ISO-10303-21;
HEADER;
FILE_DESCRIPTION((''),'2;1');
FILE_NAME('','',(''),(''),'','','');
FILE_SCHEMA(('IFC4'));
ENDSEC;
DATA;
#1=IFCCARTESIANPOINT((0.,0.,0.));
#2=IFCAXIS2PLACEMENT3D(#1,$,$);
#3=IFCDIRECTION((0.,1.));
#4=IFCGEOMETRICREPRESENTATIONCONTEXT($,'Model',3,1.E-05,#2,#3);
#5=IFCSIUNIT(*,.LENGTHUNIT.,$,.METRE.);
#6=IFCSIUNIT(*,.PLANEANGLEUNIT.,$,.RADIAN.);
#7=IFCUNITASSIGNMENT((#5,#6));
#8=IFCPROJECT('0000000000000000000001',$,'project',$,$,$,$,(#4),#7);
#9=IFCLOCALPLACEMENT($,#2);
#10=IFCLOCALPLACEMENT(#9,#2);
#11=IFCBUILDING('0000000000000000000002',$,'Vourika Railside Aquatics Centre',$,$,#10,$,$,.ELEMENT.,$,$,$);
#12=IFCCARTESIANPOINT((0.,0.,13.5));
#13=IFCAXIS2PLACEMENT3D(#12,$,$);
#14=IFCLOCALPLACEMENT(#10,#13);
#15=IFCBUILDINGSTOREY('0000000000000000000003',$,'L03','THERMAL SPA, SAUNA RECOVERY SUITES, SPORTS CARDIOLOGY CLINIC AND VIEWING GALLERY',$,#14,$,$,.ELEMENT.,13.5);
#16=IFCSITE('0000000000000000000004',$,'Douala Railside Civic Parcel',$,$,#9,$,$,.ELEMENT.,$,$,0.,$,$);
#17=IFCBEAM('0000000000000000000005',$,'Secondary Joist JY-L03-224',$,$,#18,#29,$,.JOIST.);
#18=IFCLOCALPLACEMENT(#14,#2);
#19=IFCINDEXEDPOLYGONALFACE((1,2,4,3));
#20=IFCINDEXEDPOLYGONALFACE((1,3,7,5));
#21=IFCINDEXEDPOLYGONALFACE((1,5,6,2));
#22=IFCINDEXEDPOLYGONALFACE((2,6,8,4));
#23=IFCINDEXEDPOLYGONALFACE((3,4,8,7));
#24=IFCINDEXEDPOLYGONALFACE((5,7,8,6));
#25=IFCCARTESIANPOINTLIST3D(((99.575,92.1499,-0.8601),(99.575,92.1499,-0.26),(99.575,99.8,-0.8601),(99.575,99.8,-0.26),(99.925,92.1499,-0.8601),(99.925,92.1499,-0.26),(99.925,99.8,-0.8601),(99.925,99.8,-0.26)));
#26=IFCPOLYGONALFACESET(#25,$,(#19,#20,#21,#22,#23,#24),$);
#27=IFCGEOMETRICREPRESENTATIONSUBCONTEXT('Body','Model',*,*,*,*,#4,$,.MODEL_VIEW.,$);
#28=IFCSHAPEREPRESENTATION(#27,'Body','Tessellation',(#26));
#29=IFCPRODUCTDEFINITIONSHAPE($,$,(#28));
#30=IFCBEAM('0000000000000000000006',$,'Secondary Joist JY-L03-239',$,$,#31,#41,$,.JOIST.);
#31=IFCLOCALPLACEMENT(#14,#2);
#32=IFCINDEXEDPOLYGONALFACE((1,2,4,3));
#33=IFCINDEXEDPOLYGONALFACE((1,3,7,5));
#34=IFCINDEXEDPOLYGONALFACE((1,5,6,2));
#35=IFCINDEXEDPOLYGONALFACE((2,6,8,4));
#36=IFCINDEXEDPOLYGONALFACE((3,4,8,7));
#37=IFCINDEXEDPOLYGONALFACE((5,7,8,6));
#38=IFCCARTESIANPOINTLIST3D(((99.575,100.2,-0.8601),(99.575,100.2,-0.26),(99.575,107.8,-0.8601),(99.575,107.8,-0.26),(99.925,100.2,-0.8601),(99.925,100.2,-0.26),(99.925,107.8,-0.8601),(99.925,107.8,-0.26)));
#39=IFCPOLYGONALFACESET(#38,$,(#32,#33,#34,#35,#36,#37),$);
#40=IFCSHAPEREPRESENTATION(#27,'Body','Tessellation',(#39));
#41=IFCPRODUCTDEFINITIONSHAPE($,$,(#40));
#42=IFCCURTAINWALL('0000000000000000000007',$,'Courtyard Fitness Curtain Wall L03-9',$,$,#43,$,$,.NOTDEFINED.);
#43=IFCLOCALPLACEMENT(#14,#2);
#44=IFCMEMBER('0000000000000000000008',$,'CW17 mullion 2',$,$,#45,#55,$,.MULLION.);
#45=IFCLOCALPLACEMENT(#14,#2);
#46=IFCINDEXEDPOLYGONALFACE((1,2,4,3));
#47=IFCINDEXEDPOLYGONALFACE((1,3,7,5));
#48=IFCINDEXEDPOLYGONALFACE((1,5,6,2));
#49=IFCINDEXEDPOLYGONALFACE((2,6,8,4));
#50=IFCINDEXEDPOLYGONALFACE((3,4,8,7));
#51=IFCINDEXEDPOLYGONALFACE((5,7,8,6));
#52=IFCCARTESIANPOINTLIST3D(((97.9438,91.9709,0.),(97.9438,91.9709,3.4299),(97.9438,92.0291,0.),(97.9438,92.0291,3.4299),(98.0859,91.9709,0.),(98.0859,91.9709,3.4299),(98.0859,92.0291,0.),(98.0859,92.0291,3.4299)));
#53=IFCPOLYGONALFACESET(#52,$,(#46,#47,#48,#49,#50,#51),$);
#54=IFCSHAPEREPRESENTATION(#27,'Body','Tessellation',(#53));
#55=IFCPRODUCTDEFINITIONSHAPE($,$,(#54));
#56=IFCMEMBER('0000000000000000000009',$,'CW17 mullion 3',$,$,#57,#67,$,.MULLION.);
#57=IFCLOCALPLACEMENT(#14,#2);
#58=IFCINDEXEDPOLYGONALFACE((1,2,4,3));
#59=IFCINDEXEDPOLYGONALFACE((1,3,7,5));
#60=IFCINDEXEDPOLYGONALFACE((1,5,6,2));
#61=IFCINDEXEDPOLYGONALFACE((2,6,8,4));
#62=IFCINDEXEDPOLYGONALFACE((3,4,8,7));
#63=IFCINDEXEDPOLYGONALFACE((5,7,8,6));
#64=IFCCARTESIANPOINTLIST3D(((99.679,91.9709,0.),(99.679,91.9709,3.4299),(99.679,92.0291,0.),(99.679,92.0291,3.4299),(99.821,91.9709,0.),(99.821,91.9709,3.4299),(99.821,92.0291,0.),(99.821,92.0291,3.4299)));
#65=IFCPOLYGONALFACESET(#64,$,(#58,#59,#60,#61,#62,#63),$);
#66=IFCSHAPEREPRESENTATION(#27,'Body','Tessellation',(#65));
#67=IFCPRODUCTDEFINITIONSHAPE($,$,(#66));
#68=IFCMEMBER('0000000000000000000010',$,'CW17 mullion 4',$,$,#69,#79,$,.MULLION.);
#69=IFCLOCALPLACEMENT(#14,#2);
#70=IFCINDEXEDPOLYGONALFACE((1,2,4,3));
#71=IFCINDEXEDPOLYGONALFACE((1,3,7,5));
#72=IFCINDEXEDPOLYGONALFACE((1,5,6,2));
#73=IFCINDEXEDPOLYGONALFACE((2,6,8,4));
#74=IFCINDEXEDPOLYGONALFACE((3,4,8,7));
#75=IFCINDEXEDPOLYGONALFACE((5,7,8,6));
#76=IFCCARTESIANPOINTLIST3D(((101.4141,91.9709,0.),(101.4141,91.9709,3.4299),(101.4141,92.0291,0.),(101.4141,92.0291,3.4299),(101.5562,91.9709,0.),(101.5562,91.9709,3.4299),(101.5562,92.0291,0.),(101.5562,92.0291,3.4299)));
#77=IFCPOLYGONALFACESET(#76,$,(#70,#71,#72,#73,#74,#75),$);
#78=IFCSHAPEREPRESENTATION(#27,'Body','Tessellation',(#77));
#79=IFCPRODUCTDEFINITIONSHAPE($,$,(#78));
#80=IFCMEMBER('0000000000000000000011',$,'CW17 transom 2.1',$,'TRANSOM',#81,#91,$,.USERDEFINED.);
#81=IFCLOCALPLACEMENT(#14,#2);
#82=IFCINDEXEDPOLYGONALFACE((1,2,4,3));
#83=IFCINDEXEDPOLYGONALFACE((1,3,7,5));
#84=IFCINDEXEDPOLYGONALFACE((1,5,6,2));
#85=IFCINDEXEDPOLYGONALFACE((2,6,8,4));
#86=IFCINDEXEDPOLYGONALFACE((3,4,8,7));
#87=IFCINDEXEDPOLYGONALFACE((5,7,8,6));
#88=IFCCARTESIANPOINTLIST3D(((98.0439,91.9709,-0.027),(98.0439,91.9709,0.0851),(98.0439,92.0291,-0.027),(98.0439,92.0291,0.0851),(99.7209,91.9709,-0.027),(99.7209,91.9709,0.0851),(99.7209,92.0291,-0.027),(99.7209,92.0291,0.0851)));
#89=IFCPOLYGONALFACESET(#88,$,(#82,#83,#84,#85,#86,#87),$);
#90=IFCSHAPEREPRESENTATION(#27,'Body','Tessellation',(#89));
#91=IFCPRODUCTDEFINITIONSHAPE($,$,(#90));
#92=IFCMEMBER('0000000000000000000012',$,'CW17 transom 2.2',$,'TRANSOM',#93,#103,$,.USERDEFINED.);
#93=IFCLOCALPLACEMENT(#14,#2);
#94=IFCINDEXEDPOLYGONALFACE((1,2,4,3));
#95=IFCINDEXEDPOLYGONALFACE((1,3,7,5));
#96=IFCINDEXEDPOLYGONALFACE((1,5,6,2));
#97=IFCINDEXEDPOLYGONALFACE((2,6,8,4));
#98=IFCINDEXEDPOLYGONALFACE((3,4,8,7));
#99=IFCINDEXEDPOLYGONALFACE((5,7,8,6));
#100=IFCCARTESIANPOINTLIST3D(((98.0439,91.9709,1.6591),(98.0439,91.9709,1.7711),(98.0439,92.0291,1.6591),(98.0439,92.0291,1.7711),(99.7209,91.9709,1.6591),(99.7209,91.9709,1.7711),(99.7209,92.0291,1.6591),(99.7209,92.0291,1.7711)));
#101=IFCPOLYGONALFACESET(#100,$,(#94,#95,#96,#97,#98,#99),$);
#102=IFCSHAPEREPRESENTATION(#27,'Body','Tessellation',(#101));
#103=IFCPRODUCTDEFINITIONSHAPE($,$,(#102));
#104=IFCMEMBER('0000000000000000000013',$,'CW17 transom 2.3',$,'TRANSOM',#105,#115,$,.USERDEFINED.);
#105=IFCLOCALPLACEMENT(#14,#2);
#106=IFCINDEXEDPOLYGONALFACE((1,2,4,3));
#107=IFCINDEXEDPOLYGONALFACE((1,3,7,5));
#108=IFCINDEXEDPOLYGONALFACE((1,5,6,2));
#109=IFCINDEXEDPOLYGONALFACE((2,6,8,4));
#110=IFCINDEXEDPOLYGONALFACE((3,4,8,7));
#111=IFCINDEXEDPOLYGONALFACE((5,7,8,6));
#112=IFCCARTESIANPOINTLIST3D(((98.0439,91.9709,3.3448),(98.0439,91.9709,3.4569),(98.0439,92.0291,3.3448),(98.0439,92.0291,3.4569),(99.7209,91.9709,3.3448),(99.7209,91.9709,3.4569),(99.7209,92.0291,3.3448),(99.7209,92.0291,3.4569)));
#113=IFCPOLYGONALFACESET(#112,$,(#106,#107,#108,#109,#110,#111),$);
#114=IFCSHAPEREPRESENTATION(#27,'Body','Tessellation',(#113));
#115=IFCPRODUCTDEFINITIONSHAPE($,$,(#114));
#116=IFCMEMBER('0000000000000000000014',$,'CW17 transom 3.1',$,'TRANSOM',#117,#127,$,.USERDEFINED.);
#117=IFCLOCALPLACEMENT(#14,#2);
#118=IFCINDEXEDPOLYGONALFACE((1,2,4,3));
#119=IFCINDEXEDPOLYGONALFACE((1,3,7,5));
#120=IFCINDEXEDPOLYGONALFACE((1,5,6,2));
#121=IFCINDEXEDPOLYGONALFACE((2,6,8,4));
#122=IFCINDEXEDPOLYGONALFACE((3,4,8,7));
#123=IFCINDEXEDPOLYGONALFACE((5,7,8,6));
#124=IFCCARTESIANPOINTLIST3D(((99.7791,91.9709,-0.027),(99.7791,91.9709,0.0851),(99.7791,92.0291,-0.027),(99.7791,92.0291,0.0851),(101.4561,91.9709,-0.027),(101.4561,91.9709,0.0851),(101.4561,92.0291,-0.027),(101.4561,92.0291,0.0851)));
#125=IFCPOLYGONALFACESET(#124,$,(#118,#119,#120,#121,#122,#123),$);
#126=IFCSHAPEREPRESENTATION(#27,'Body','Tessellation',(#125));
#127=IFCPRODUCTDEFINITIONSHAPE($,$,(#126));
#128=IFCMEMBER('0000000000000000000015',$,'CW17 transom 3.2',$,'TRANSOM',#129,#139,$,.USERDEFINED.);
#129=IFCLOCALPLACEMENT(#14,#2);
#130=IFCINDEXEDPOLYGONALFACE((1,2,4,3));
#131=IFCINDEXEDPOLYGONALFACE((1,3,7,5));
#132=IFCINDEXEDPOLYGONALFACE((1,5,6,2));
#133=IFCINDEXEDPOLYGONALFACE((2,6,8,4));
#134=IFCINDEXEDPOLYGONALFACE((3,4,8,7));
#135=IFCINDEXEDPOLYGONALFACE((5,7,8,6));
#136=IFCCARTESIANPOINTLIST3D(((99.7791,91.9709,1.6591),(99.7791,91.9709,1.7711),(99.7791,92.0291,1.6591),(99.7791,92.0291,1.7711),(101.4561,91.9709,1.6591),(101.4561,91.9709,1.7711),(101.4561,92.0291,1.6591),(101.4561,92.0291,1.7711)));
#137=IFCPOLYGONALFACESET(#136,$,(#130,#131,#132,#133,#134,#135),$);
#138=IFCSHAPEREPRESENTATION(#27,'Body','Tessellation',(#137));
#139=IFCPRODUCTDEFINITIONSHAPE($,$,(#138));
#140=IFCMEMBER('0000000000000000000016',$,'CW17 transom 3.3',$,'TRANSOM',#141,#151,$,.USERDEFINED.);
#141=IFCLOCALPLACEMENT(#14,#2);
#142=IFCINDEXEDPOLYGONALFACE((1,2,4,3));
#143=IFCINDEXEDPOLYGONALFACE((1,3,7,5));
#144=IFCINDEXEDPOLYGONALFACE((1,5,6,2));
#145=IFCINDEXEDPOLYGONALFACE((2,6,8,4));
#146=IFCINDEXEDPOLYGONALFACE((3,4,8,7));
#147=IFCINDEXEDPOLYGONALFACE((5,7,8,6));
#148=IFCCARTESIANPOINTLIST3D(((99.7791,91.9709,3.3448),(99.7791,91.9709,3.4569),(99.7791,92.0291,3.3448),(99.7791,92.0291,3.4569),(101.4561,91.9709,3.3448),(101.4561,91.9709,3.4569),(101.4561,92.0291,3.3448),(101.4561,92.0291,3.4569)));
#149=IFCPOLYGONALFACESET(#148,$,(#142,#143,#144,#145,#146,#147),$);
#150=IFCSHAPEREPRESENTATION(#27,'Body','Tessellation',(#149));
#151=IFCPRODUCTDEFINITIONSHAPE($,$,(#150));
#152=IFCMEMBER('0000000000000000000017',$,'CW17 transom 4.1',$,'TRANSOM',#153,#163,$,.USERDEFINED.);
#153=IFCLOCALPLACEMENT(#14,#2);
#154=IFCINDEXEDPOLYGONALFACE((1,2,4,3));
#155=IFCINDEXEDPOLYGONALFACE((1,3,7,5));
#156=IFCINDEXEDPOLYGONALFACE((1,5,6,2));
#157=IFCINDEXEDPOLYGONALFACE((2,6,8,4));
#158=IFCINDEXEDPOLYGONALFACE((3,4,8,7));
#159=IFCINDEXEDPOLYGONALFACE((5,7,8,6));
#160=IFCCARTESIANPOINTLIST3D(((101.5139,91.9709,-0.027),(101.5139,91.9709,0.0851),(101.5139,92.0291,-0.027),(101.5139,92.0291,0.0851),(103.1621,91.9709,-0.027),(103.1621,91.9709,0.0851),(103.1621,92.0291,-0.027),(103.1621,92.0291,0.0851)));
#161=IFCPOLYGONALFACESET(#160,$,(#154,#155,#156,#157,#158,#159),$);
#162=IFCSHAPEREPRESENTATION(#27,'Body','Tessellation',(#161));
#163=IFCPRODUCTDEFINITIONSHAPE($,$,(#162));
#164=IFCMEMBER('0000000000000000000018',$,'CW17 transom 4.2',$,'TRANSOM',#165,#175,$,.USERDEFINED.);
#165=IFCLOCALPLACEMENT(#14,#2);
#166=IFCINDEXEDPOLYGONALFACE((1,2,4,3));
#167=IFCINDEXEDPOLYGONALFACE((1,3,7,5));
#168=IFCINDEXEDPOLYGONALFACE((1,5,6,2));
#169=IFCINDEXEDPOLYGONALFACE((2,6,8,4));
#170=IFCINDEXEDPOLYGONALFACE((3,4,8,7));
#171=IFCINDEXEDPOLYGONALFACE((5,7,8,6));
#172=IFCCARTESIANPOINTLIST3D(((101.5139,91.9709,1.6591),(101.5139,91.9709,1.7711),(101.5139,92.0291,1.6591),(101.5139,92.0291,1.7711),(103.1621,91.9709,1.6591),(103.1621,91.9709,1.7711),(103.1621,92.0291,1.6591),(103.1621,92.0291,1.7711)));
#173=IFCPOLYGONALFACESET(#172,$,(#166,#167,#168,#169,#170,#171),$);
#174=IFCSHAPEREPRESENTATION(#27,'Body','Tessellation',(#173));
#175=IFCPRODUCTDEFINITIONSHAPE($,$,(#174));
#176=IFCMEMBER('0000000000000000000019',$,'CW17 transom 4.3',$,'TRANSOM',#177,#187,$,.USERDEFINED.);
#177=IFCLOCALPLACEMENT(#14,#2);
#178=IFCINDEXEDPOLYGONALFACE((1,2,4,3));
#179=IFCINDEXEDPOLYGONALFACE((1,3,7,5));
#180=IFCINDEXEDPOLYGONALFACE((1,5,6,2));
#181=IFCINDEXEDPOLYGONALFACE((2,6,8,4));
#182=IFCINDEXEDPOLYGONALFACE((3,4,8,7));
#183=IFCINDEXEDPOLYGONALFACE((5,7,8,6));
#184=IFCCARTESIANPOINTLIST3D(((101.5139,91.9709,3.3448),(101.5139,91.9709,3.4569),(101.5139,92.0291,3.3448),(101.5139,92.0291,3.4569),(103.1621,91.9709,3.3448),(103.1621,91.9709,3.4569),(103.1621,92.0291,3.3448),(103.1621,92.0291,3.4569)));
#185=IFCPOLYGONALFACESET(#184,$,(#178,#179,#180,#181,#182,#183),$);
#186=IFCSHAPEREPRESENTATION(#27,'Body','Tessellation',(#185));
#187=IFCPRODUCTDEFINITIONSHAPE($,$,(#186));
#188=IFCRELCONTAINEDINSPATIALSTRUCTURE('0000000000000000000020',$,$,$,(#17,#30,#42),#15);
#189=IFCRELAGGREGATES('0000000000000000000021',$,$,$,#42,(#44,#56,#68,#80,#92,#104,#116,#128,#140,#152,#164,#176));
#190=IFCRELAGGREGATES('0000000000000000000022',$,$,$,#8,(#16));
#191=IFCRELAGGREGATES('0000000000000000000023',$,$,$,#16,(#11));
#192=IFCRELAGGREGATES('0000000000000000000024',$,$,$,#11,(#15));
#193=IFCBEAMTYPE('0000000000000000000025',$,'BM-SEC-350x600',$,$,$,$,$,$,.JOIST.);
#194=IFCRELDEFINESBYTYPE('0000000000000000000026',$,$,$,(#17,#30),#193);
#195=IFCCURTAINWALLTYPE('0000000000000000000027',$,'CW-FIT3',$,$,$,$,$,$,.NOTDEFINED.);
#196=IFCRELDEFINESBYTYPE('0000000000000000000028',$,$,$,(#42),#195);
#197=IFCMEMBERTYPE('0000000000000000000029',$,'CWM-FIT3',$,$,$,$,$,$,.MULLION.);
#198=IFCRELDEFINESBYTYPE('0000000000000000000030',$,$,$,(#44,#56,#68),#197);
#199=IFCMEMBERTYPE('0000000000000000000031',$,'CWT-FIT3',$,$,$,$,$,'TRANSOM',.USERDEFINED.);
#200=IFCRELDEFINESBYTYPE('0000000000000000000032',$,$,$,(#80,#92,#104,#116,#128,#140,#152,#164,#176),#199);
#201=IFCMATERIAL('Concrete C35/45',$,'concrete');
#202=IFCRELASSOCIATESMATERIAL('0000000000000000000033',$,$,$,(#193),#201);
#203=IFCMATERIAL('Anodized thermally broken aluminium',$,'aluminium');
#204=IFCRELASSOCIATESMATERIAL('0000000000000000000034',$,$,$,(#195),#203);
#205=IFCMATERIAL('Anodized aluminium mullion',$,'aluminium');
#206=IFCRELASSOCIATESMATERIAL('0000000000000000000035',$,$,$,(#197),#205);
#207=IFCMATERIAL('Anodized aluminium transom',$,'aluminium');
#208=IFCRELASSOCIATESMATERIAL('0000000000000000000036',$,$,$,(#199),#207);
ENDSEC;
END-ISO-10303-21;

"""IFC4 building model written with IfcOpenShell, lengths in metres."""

from ifc_helpers import new_model, si_unit, direction, frame, origin, origin_2d, place, context, subcontext, project, spatial, rectangle, extrude, material, material_profile, profile_set, type_object, element, aggregate, save


model = new_model("IFC4")

# Units and contexts
model_context = context("Model", 3, precision=1e-05, world=origin(), true_north=direction((0.0, 1.0)))
body_context = subcontext(model_context, "Body", "Model", "MODEL_VIEW")
ifc_project = project(units=[si_unit("LENGTHUNIT", "METRE"), si_unit("PLANEANGLEUNIT", "RADIAN")], contexts=[model_context])

# Site, building, storey
site_placement = place(None, origin())
site = spatial("IfcSite", under=ifc_project, at=site_placement, Name="Douala Railside Civic Parcel", CompositionType="ELEMENT", RefElevation=0.0)
building_placement = place(site_placement, origin())
building = spatial("IfcBuilding", under=site, at=building_placement, Name="Vourika Railside Aquatics Centre", CompositionType="ELEMENT")
storey_placement = place(building_placement, frame((0.0, 0.0, 13.5)))
storey = spatial("IfcBuildingStorey", under=building, at=storey_placement, Name="L03", Description="THERMAL SPA, SAUNA RECOVERY SUITES, SPORTS CARDIOLOGY CLINIC AND VIEWING GALLERY", CompositionType="ELEMENT", Elevation=13.5)

# Beams
ifc_material_1 = material(Name="Concrete C35/45", Category="concrete")
ifc_material_profile_1 = material_profile(ifc_material_1, rectangle(XDim=0.3501, YDim=0.6001, at=origin_2d()), Name="RC 350x600")
ifc_profile_set_1 = profile_set([ifc_material_profile_1], Name="Concrete C35/45")
beam_type = type_object("IfcBeamType", Name="BM-SEC-350x600", PredefinedType="JOIST", material=ifc_profile_set_1)
beam_1_placement = place(storey_placement, frame((99.75, 92.1499, -0.5601), z_axis=(0.0, 1.0, 0.0), x_axis=(-1.0, 0.0, 0.0)))
element("IfcBeam", 1, at=beam_1_placement, inside=storey, type_object=beam_type, Name="Secondary Joist JY-L03-224", PredefinedType="JOIST", context=body_context, shape_type="SweptSolid", body=[
    extrude(rectangle(XDim=0.3501, YDim=0.6001, at=origin_2d()), origin(), (0.0, 0.0, 1.0), 7.6501),
])
beam_2_placement = place(storey_placement, frame((99.75, 100.2, -0.5601), z_axis=(0.0, 1.0, 0.0), x_axis=(-1.0, 0.0, 0.0)))
element("IfcBeam", 2, at=beam_2_placement, inside=storey, type_object=beam_type, Name="Secondary Joist JY-L03-239", PredefinedType="JOIST", context=body_context, shape_type="SweptSolid", body=[
    extrude(rectangle(XDim=0.3501, YDim=0.6001, at=origin_2d()), origin(), (0.0, 0.0, 1.0), 7.6001),
])

# Curtain wall, members
ifc_material_2 = material(Name="Anodized thermally broken aluminium", Category="aluminium")
curtain_wall_type = type_object("IfcCurtainWallType", Name="CW-FIT3", PredefinedType="NOTDEFINED", material=ifc_material_2)
curtain_wall_placement = place(storey_placement, origin())
curtain_wall = element("IfcCurtainWall", 3, at=curtain_wall_placement, inside=storey, type_object=curtain_wall_type, Name="Courtyard Fitness Curtain Wall L03-9", PredefinedType="NOTDEFINED")
ifc_material_3 = material(Name="Anodized aluminium mullion", Category="aluminium")
ifc_material_profile_2 = material_profile(ifc_material_3, rectangle(XDim=0.0581, YDim=0.1421, at=origin_2d()), Name="ALU-M 58x142")
ifc_profile_set_2 = profile_set([ifc_material_profile_2], Name="Anodized aluminium mullion")
member_type_1 = type_object("IfcMemberType", Name="CWM-FIT3", PredefinedType="MULLION", material=ifc_profile_set_2)
member_1_placement = place(storey_placement, frame((98.0149, 92.0, 0.0), z_axis=(0.0, 0.0, 1.0), x_axis=(0.0, 1.0, 0.0)))
member_1 = element("IfcMember", 4, at=member_1_placement, type_object=member_type_1, Name="CW17 mullion 2", PredefinedType="MULLION", context=body_context, shape_type="SweptSolid", body=[
    extrude(rectangle(XDim=0.0581, YDim=0.1421, at=origin_2d()), origin(), (0.0, 0.0, 1.0), 3.4299),
])
member_2_placement = place(storey_placement, frame((99.75, 92.0, 0.0), z_axis=(0.0, 0.0, 1.0), x_axis=(0.0, 1.0, 0.0)))
member_2 = element("IfcMember", 5, at=member_2_placement, type_object=member_type_1, Name="CW17 mullion 3", PredefinedType="MULLION", context=body_context, shape_type="SweptSolid", body=[
    extrude(rectangle(XDim=0.0581, YDim=0.1421, at=origin_2d()), origin(), (0.0, 0.0, 1.0), 3.4299),
])
member_3_placement = place(storey_placement, frame((101.4851, 92.0, 0.0), z_axis=(0.0, 0.0, 1.0), x_axis=(0.0, 1.0, 0.0)))
member_3 = element("IfcMember", 6, at=member_3_placement, type_object=member_type_1, Name="CW17 mullion 4", PredefinedType="MULLION", context=body_context, shape_type="SweptSolid", body=[
    extrude(rectangle(XDim=0.0581, YDim=0.1421, at=origin_2d()), origin(), (0.0, 0.0, 1.0), 3.4299),
])
ifc_material_4 = material(Name="Anodized aluminium transom", Category="aluminium")
ifc_material_profile_3 = material_profile(ifc_material_4, rectangle(XDim=0.0581, YDim=0.1121, at=origin_2d()), Name="ALU-T 58x112")
ifc_profile_set_3 = profile_set([ifc_material_profile_3], Name="Anodized aluminium transom")
member_type_2 = type_object("IfcMemberType", Name="CWT-FIT3", ElementType="TRANSOM", PredefinedType="USERDEFINED", material=ifc_profile_set_3)
member_4_placement = place(storey_placement, frame((98.0439, 92.0, 0.0291), z_axis=(1.0, 0.0, 0.0), x_axis=(0.0, 1.0, 0.0)))
member_4 = element("IfcMember", 7, at=member_4_placement, type_object=member_type_2, Name="CW17 transom 2.1", ObjectType="TRANSOM", PredefinedType="USERDEFINED", context=body_context, shape_type="SweptSolid", body=[
    extrude(rectangle(XDim=0.0581, YDim=0.1121, at=origin_2d()), origin(), (0.0, 0.0, 1.0), 1.677),
])
member_5_placement = place(storey_placement, frame((98.0439, 92.0, 1.7151), z_axis=(1.0, 0.0, 0.0), x_axis=(0.0, 1.0, 0.0)))
member_5 = element("IfcMember", 8, at=member_5_placement, type_object=member_type_2, Name="CW17 transom 2.2", ObjectType="TRANSOM", PredefinedType="USERDEFINED", context=body_context, shape_type="SweptSolid", body=[
    extrude(rectangle(XDim=0.0581, YDim=0.1121, at=origin_2d()), origin(), (0.0, 0.0, 1.0), 1.677),
])
member_6_placement = place(storey_placement, frame((98.0439, 92.0, 3.4009), z_axis=(1.0, 0.0, 0.0), x_axis=(0.0, 1.0, 0.0)))
member_6 = element("IfcMember", 9, at=member_6_placement, type_object=member_type_2, Name="CW17 transom 2.3", ObjectType="TRANSOM", PredefinedType="USERDEFINED", context=body_context, shape_type="SweptSolid", body=[
    extrude(rectangle(XDim=0.0581, YDim=0.1121, at=origin_2d()), origin(), (0.0, 0.0, 1.0), 1.677),
])
member_7_placement = place(storey_placement, frame((99.7791, 92.0, 0.0291), z_axis=(1.0, 0.0, 0.0), x_axis=(0.0, 1.0, 0.0)))
member_7 = element("IfcMember", 10, at=member_7_placement, type_object=member_type_2, Name="CW17 transom 3.1", ObjectType="TRANSOM", PredefinedType="USERDEFINED", context=body_context, shape_type="SweptSolid", body=[
    extrude(rectangle(XDim=0.0581, YDim=0.1121, at=origin_2d()), origin(), (0.0, 0.0, 1.0), 1.677),
])
member_8_placement = place(storey_placement, frame((99.7791, 92.0, 1.7151), z_axis=(1.0, 0.0, 0.0), x_axis=(0.0, 1.0, 0.0)))
member_8 = element("IfcMember", 11, at=member_8_placement, type_object=member_type_2, Name="CW17 transom 3.2", ObjectType="TRANSOM", PredefinedType="USERDEFINED", context=body_context, shape_type="SweptSolid", body=[
    extrude(rectangle(XDim=0.0581, YDim=0.1121, at=origin_2d()), origin(), (0.0, 0.0, 1.0), 1.677),
])
member_9_placement = place(storey_placement, frame((99.7791, 92.0, 3.4009), z_axis=(1.0, 0.0, 0.0), x_axis=(0.0, 1.0, 0.0)))
member_9 = element("IfcMember", 12, at=member_9_placement, type_object=member_type_2, Name="CW17 transom 3.3", ObjectType="TRANSOM", PredefinedType="USERDEFINED", context=body_context, shape_type="SweptSolid", body=[
    extrude(rectangle(XDim=0.0581, YDim=0.1121, at=origin_2d()), origin(), (0.0, 0.0, 1.0), 1.677),
])
member_10_placement = place(storey_placement, frame((101.5139, 92.0, 0.0291), z_axis=(1.0, 0.0, 0.0), x_axis=(0.0, 1.0, 0.0)))
member_10 = element("IfcMember", 13, at=member_10_placement, type_object=member_type_2, Name="CW17 transom 4.1", ObjectType="TRANSOM", PredefinedType="USERDEFINED", context=body_context, shape_type="SweptSolid", body=[
    extrude(rectangle(XDim=0.0581, YDim=0.1121, at=origin_2d()), origin(), (0.0, 0.0, 1.0), 1.6482),
])
member_11_placement = place(storey_placement, frame((101.5139, 92.0, 1.7151), z_axis=(1.0, 0.0, 0.0), x_axis=(0.0, 1.0, 0.0)))
member_11 = element("IfcMember", 14, at=member_11_placement, type_object=member_type_2, Name="CW17 transom 4.2", ObjectType="TRANSOM", PredefinedType="USERDEFINED", context=body_context, shape_type="SweptSolid", body=[
    extrude(rectangle(XDim=0.0581, YDim=0.1121, at=origin_2d()), origin(), (0.0, 0.0, 1.0), 1.6482),
])
member_12_placement = place(storey_placement, frame((101.5139, 92.0, 3.4009), z_axis=(1.0, 0.0, 0.0), x_axis=(0.0, 1.0, 0.0)))
member_12 = element("IfcMember", 15, at=member_12_placement, type_object=member_type_2, Name="CW17 transom 4.3", ObjectType="TRANSOM", PredefinedType="USERDEFINED", context=body_context, shape_type="SweptSolid", body=[
    extrude(rectangle(XDim=0.0581, YDim=0.1121, at=origin_2d()), origin(), (0.0, 0.0, 1.0), 1.6482),
])
aggregate(curtain_wall, [member_1, member_2, member_3, member_4, member_5, member_6, member_7, member_8, member_9, member_10, member_11, member_12])

save(model, "model.ifc")
